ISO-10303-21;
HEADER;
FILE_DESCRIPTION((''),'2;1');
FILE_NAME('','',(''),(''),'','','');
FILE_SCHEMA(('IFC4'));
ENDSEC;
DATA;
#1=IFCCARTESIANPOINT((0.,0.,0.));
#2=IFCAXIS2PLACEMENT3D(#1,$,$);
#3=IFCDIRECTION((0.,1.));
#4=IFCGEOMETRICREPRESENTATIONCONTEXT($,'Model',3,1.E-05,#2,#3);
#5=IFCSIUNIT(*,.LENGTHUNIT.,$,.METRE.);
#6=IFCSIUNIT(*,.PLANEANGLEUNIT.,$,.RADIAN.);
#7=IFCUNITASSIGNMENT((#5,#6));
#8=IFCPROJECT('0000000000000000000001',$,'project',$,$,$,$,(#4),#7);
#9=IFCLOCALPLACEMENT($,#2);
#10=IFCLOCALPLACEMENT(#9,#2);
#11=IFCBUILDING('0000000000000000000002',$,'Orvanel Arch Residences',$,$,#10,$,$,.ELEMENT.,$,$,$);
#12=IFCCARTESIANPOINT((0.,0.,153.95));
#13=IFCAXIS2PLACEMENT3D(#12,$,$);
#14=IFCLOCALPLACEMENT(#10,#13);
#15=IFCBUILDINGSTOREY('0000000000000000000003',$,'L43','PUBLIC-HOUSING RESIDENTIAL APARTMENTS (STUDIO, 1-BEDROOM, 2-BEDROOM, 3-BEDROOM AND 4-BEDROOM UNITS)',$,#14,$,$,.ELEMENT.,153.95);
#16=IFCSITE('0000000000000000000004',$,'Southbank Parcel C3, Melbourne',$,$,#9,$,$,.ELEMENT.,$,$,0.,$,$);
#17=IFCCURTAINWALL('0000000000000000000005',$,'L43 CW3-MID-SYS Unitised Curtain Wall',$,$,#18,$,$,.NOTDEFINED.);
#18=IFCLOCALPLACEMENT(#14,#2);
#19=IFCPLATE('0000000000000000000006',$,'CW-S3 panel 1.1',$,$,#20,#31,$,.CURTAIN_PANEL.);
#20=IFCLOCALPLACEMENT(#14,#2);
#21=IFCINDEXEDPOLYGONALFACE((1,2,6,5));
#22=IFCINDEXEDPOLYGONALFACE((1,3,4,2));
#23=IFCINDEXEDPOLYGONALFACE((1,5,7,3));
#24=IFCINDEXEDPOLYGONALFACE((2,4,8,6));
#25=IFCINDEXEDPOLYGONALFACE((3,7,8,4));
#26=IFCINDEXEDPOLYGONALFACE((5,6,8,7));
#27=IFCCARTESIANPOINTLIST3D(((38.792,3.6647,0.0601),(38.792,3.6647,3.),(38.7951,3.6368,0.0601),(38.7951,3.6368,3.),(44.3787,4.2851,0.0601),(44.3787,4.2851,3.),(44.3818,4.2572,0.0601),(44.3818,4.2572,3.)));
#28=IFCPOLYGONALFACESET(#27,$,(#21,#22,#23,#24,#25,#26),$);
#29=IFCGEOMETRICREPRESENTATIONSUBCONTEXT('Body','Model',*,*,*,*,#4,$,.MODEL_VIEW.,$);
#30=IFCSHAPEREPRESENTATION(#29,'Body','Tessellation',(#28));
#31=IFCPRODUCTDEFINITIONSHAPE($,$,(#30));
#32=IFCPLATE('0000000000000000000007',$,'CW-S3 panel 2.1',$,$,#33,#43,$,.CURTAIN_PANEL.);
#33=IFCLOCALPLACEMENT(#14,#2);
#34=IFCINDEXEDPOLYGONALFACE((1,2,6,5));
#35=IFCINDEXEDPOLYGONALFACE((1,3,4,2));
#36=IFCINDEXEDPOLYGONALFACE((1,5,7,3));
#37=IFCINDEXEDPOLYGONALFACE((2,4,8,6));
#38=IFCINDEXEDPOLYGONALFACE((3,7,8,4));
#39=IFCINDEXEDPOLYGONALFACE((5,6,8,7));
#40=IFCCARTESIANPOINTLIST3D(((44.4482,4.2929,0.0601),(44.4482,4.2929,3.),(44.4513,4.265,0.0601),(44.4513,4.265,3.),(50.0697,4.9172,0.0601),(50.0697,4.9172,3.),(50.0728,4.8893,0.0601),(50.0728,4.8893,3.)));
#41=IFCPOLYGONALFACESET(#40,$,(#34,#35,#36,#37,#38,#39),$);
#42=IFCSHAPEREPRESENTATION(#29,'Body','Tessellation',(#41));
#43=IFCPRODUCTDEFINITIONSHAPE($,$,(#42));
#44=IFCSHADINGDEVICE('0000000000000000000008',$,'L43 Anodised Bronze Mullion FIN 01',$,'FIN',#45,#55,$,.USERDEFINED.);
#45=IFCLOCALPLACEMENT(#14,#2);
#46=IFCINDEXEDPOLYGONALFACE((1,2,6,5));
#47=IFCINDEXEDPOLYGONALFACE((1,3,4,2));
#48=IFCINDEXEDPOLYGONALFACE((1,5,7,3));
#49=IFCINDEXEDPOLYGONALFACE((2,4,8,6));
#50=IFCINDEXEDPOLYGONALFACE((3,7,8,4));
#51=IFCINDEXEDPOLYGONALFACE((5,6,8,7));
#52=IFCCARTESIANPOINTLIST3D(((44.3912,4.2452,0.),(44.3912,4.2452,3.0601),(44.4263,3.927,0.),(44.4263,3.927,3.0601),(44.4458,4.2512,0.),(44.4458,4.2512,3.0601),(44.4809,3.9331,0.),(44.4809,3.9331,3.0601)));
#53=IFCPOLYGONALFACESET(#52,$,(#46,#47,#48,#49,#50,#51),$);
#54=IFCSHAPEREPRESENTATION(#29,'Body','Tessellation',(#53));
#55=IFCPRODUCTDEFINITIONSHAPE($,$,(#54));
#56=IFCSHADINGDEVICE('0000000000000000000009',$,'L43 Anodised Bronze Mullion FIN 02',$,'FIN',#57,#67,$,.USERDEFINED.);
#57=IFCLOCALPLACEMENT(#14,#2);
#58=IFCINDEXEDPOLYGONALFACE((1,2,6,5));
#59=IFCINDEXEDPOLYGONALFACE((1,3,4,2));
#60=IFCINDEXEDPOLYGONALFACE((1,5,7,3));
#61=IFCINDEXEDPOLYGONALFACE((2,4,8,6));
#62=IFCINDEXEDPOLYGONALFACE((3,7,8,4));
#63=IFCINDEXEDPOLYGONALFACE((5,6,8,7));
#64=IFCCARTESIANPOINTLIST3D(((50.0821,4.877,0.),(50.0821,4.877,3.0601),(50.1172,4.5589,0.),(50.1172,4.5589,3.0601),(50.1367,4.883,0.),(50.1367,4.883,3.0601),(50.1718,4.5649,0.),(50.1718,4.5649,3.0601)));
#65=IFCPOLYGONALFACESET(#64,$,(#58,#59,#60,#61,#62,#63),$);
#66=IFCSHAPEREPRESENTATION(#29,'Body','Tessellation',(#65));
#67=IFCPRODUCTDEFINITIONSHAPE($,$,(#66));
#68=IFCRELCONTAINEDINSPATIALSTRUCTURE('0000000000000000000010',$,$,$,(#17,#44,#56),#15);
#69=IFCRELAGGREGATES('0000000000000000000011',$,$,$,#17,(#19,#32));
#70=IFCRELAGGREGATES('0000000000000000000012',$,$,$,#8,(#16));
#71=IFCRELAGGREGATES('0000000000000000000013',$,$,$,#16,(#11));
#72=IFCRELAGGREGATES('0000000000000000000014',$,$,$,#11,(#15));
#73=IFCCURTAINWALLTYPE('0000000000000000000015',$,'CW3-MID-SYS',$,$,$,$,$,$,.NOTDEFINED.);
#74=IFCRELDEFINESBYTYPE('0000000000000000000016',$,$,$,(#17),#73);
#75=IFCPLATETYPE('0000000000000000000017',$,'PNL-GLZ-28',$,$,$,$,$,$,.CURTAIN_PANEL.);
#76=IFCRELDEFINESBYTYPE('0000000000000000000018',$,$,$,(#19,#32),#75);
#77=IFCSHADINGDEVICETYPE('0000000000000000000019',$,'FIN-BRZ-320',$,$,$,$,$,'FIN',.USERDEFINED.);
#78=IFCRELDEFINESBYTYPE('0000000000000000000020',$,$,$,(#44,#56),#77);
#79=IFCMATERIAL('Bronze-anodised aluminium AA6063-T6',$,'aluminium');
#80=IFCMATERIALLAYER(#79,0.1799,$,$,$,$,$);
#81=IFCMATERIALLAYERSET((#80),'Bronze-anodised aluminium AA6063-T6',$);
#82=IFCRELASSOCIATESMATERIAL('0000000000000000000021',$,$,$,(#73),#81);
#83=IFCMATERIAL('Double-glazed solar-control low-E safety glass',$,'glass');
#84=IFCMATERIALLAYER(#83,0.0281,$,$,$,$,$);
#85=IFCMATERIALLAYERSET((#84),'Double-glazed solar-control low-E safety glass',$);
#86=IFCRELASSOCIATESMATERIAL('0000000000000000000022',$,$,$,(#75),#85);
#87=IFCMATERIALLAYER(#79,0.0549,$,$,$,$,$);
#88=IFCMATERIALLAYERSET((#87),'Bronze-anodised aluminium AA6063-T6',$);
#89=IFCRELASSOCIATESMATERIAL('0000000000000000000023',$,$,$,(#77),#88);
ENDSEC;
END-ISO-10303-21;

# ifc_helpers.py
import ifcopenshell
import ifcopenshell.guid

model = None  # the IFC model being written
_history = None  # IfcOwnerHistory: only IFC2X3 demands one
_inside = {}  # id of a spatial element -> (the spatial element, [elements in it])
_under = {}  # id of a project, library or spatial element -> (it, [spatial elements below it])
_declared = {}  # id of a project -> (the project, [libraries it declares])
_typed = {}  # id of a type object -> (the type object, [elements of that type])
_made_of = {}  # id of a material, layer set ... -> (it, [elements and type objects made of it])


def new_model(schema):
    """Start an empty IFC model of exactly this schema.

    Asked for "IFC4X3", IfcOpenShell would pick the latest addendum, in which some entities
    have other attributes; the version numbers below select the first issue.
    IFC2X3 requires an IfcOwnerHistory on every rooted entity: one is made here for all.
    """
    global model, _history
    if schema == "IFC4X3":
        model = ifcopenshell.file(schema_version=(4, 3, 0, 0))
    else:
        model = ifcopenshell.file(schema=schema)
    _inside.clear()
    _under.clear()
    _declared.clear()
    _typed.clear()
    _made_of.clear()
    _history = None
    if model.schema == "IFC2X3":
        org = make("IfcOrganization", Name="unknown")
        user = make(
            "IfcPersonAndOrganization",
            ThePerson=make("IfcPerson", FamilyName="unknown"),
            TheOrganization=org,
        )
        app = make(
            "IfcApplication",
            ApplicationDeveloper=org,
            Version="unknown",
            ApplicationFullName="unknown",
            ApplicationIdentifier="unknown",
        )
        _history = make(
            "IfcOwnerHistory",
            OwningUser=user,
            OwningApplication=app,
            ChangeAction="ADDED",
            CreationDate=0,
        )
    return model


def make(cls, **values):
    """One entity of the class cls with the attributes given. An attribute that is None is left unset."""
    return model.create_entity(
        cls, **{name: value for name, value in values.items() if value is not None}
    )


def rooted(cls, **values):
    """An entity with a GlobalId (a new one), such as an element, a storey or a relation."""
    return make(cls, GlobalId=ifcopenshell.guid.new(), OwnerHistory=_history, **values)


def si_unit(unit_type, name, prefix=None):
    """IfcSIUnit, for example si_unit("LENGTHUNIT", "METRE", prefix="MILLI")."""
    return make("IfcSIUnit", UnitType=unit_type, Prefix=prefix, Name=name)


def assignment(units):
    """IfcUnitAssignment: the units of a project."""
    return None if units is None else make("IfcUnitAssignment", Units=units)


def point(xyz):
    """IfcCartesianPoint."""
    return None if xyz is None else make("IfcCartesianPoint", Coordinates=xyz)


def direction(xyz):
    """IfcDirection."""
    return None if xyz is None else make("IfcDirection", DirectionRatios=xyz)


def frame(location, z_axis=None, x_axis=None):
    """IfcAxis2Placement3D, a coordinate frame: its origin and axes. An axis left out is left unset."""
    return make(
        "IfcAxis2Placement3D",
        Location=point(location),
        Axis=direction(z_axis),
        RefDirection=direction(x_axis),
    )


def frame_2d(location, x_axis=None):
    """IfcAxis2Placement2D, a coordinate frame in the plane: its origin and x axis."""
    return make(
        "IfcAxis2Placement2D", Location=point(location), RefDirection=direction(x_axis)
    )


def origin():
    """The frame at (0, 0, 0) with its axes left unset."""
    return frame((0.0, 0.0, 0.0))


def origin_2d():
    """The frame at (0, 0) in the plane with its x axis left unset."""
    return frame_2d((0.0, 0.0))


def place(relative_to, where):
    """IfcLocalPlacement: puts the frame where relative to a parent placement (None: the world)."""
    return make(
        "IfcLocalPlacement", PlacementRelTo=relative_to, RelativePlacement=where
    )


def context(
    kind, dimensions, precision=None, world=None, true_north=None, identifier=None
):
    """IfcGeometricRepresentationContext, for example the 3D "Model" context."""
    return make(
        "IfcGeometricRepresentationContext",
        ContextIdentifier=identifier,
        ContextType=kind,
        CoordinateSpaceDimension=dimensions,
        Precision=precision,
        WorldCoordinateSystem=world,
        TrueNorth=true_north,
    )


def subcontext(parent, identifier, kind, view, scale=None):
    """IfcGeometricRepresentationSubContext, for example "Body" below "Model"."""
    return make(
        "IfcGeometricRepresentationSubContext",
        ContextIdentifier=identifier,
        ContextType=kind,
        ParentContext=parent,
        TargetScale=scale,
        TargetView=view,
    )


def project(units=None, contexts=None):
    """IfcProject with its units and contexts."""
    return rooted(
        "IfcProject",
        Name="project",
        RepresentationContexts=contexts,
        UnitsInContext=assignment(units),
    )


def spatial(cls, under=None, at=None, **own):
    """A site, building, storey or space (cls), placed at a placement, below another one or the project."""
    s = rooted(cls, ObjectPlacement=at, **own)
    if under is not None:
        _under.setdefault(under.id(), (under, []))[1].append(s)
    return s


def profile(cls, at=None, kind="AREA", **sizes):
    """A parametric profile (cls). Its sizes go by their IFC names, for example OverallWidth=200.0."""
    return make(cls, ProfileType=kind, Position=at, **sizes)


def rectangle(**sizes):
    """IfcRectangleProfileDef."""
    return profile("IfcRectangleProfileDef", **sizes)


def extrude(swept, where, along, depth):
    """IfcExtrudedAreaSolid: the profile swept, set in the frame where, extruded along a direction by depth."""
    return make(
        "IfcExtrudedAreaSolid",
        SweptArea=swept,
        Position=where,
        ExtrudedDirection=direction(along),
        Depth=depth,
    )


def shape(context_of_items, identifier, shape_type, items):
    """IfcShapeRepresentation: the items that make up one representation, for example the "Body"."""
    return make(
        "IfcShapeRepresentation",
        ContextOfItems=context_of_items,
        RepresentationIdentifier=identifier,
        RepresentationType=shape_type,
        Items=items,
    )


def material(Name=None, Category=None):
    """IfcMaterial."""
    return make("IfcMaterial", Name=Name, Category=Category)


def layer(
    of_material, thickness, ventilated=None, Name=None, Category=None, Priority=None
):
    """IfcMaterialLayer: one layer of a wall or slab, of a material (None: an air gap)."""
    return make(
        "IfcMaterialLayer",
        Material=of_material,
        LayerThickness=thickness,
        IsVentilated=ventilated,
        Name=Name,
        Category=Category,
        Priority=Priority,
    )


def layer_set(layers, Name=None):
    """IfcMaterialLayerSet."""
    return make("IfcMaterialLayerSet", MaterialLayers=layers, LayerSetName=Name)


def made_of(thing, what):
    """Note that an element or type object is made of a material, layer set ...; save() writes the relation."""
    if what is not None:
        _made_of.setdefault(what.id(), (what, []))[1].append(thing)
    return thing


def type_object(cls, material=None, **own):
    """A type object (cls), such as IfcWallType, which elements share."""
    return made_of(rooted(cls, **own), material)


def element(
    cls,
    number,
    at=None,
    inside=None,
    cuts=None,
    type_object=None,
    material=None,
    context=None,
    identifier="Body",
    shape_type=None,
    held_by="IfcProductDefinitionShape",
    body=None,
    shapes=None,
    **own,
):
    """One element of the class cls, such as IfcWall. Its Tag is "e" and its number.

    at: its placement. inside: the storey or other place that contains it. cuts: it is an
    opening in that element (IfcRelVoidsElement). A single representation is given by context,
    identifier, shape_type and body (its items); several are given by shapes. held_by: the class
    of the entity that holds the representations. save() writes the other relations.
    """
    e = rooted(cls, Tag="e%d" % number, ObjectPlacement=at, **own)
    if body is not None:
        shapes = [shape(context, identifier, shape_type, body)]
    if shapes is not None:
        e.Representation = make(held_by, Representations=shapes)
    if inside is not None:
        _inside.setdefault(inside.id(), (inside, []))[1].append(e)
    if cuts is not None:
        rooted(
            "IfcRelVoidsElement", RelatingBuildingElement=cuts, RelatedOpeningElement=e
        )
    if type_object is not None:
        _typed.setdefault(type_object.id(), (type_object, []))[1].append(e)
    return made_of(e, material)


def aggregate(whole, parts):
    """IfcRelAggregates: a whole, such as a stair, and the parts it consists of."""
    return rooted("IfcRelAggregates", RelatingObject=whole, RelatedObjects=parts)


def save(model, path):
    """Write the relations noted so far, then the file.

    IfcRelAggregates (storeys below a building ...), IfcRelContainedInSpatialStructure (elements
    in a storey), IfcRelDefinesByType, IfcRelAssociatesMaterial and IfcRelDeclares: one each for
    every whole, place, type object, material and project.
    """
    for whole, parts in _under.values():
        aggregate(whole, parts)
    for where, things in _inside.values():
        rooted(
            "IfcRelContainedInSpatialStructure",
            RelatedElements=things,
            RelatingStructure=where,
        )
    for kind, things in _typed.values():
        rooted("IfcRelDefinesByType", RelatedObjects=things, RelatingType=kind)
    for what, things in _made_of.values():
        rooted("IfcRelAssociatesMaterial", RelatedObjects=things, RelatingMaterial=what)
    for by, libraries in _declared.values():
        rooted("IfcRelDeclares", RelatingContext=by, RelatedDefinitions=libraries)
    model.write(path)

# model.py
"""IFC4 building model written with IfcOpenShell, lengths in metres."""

from ifc_helpers import new_model, si_unit, direction, frame, origin, origin_2d, place, context, subcontext, project, spatial, rectangle, extrude, material, layer, layer_set, type_object, element, aggregate, save


model = new_model("IFC4")

# Units and contexts
model_context = context("Model", 3, precision=1e-05, world=origin(), true_north=direction((0.0, 1.0)))
body_context = subcontext(model_context, "Body", "Model", "MODEL_VIEW")
ifc_project = project(units=[si_unit("LENGTHUNIT", "METRE"), si_unit("PLANEANGLEUNIT", "RADIAN")], contexts=[model_context])

# Site, building, storey
site_placement = place(None, origin())
site = spatial("IfcSite", under=ifc_project, at=site_placement, Name="Southbank Parcel C3, Melbourne", CompositionType="ELEMENT", RefElevation=0.0)
building_placement = place(site_placement, origin())
building = spatial("IfcBuilding", under=site, at=building_placement, Name="Orvanel Arch Residences", CompositionType="ELEMENT")
storey_placement = place(building_placement, frame((0.0, 0.0, 153.95)))
storey = spatial("IfcBuildingStorey", under=building, at=storey_placement, Name="L43", Description="PUBLIC-HOUSING RESIDENTIAL APARTMENTS (STUDIO, 1-BEDROOM, 2-BEDROOM, 3-BEDROOM AND 4-BEDROOM UNITS)", CompositionType="ELEMENT", Elevation=153.95)

# Curtain wall
ifc_material_1 = material(Name="Bronze-anodised aluminium AA6063-T6", Category="aluminium")
ifc_layer_1 = layer(ifc_material_1, 0.1799)
ifc_layer_set_1 = layer_set([ifc_layer_1], Name="Bronze-anodised aluminium AA6063-T6")
curtain_wall_type = type_object("IfcCurtainWallType", Name="CW3-MID-SYS", PredefinedType="NOTDEFINED", material=ifc_layer_set_1)
curtain_wall_placement = place(storey_placement, origin())
curtain_wall = element("IfcCurtainWall", 1, at=curtain_wall_placement, inside=storey, type_object=curtain_wall_type, Name="L43 CW3-MID-SYS Unitised Curtain Wall", PredefinedType="NOTDEFINED")

# Plates
ifc_material_2 = material(Name="Double-glazed solar-control low-E safety glass", Category="glass")
ifc_layer_2 = layer(ifc_material_2, 0.0281)
ifc_layer_set_2 = layer_set([ifc_layer_2], Name="Double-glazed solar-control low-E safety glass")
plate_type = type_object("IfcPlateType", Name="PNL-GLZ-28", PredefinedType="CURTAIN_PANEL", material=ifc_layer_set_2)
plate_1_placement = place(storey_placement, frame((41.5869, 3.9609, 0.0601), z_axis=(0.0, 0.0, 1.0), x_axis=(0.99389, 0.110374, 0.0)))
plate_1 = element("IfcPlate", 2, at=plate_1_placement, type_object=plate_type, Name="CW-S3 panel 1.1", PredefinedType="CURTAIN_PANEL", context=body_context, shape_type="SweptSolid", body=[
    extrude(rectangle(XDim=5.6211, YDim=0.0281, at=origin_2d()), origin(), (0.0, 0.0, 1.0), 2.9399),
])
plate_2_placement = place(storey_placement, frame((47.2605, 4.5911, 0.0601), z_axis=(0.0, 0.0, 1.0), x_axis=(0.99389, 0.110374, 0.0)))
plate_2 = element("IfcPlate", 3, at=plate_2_placement, type_object=plate_type, Name="CW-S3 panel 2.1", PredefinedType="CURTAIN_PANEL", context=body_context, shape_type="SweptSolid", body=[
    extrude(rectangle(XDim=5.656, YDim=0.0281, at=origin_2d()), origin(), (0.0, 0.0, 1.0), 2.9399),
])
aggregate(curtain_wall, [plate_1, plate_2])

# Shading devices
ifc_layer_3 = layer(ifc_material_1, 0.0549)
ifc_layer_set_3 = layer_set([ifc_layer_3], Name="Bronze-anodised aluminium AA6063-T6")
shading_device_type = type_object("IfcShadingDeviceType", Name="FIN-BRZ-320", ElementType="FIN", PredefinedType="USERDEFINED", material=ifc_layer_set_3)
for number, where, z_axis, x_axis, name in (
    (4, (44.436, 4.0891, 0.0), (0.0, 0.0, 1.0), (0.109734, -0.993961, 0.0), "L43 Anodised Bronze Mullion FIN 01"),
    (5, (50.127, 4.7209, 0.0), (0.0, 0.0, 1.0), (0.109734, -0.993961, 0.0), "L43 Anodised Bronze Mullion FIN 02"),
):
    element("IfcShadingDevice", number, at=place(storey_placement, frame(where, z_axis=z_axis, x_axis=x_axis)), inside=storey, type_object=shading_device_type, Name=name, ObjectType="FIN", PredefinedType="USERDEFINED", context=body_context, shape_type="SweptSolid", body=[
        extrude(rectangle(XDim=0.3201, YDim=0.0549, at=origin_2d()), origin(), (0.0, 0.0, 1.0), 3.0601),
    ])

save(model, "model.ifc")
